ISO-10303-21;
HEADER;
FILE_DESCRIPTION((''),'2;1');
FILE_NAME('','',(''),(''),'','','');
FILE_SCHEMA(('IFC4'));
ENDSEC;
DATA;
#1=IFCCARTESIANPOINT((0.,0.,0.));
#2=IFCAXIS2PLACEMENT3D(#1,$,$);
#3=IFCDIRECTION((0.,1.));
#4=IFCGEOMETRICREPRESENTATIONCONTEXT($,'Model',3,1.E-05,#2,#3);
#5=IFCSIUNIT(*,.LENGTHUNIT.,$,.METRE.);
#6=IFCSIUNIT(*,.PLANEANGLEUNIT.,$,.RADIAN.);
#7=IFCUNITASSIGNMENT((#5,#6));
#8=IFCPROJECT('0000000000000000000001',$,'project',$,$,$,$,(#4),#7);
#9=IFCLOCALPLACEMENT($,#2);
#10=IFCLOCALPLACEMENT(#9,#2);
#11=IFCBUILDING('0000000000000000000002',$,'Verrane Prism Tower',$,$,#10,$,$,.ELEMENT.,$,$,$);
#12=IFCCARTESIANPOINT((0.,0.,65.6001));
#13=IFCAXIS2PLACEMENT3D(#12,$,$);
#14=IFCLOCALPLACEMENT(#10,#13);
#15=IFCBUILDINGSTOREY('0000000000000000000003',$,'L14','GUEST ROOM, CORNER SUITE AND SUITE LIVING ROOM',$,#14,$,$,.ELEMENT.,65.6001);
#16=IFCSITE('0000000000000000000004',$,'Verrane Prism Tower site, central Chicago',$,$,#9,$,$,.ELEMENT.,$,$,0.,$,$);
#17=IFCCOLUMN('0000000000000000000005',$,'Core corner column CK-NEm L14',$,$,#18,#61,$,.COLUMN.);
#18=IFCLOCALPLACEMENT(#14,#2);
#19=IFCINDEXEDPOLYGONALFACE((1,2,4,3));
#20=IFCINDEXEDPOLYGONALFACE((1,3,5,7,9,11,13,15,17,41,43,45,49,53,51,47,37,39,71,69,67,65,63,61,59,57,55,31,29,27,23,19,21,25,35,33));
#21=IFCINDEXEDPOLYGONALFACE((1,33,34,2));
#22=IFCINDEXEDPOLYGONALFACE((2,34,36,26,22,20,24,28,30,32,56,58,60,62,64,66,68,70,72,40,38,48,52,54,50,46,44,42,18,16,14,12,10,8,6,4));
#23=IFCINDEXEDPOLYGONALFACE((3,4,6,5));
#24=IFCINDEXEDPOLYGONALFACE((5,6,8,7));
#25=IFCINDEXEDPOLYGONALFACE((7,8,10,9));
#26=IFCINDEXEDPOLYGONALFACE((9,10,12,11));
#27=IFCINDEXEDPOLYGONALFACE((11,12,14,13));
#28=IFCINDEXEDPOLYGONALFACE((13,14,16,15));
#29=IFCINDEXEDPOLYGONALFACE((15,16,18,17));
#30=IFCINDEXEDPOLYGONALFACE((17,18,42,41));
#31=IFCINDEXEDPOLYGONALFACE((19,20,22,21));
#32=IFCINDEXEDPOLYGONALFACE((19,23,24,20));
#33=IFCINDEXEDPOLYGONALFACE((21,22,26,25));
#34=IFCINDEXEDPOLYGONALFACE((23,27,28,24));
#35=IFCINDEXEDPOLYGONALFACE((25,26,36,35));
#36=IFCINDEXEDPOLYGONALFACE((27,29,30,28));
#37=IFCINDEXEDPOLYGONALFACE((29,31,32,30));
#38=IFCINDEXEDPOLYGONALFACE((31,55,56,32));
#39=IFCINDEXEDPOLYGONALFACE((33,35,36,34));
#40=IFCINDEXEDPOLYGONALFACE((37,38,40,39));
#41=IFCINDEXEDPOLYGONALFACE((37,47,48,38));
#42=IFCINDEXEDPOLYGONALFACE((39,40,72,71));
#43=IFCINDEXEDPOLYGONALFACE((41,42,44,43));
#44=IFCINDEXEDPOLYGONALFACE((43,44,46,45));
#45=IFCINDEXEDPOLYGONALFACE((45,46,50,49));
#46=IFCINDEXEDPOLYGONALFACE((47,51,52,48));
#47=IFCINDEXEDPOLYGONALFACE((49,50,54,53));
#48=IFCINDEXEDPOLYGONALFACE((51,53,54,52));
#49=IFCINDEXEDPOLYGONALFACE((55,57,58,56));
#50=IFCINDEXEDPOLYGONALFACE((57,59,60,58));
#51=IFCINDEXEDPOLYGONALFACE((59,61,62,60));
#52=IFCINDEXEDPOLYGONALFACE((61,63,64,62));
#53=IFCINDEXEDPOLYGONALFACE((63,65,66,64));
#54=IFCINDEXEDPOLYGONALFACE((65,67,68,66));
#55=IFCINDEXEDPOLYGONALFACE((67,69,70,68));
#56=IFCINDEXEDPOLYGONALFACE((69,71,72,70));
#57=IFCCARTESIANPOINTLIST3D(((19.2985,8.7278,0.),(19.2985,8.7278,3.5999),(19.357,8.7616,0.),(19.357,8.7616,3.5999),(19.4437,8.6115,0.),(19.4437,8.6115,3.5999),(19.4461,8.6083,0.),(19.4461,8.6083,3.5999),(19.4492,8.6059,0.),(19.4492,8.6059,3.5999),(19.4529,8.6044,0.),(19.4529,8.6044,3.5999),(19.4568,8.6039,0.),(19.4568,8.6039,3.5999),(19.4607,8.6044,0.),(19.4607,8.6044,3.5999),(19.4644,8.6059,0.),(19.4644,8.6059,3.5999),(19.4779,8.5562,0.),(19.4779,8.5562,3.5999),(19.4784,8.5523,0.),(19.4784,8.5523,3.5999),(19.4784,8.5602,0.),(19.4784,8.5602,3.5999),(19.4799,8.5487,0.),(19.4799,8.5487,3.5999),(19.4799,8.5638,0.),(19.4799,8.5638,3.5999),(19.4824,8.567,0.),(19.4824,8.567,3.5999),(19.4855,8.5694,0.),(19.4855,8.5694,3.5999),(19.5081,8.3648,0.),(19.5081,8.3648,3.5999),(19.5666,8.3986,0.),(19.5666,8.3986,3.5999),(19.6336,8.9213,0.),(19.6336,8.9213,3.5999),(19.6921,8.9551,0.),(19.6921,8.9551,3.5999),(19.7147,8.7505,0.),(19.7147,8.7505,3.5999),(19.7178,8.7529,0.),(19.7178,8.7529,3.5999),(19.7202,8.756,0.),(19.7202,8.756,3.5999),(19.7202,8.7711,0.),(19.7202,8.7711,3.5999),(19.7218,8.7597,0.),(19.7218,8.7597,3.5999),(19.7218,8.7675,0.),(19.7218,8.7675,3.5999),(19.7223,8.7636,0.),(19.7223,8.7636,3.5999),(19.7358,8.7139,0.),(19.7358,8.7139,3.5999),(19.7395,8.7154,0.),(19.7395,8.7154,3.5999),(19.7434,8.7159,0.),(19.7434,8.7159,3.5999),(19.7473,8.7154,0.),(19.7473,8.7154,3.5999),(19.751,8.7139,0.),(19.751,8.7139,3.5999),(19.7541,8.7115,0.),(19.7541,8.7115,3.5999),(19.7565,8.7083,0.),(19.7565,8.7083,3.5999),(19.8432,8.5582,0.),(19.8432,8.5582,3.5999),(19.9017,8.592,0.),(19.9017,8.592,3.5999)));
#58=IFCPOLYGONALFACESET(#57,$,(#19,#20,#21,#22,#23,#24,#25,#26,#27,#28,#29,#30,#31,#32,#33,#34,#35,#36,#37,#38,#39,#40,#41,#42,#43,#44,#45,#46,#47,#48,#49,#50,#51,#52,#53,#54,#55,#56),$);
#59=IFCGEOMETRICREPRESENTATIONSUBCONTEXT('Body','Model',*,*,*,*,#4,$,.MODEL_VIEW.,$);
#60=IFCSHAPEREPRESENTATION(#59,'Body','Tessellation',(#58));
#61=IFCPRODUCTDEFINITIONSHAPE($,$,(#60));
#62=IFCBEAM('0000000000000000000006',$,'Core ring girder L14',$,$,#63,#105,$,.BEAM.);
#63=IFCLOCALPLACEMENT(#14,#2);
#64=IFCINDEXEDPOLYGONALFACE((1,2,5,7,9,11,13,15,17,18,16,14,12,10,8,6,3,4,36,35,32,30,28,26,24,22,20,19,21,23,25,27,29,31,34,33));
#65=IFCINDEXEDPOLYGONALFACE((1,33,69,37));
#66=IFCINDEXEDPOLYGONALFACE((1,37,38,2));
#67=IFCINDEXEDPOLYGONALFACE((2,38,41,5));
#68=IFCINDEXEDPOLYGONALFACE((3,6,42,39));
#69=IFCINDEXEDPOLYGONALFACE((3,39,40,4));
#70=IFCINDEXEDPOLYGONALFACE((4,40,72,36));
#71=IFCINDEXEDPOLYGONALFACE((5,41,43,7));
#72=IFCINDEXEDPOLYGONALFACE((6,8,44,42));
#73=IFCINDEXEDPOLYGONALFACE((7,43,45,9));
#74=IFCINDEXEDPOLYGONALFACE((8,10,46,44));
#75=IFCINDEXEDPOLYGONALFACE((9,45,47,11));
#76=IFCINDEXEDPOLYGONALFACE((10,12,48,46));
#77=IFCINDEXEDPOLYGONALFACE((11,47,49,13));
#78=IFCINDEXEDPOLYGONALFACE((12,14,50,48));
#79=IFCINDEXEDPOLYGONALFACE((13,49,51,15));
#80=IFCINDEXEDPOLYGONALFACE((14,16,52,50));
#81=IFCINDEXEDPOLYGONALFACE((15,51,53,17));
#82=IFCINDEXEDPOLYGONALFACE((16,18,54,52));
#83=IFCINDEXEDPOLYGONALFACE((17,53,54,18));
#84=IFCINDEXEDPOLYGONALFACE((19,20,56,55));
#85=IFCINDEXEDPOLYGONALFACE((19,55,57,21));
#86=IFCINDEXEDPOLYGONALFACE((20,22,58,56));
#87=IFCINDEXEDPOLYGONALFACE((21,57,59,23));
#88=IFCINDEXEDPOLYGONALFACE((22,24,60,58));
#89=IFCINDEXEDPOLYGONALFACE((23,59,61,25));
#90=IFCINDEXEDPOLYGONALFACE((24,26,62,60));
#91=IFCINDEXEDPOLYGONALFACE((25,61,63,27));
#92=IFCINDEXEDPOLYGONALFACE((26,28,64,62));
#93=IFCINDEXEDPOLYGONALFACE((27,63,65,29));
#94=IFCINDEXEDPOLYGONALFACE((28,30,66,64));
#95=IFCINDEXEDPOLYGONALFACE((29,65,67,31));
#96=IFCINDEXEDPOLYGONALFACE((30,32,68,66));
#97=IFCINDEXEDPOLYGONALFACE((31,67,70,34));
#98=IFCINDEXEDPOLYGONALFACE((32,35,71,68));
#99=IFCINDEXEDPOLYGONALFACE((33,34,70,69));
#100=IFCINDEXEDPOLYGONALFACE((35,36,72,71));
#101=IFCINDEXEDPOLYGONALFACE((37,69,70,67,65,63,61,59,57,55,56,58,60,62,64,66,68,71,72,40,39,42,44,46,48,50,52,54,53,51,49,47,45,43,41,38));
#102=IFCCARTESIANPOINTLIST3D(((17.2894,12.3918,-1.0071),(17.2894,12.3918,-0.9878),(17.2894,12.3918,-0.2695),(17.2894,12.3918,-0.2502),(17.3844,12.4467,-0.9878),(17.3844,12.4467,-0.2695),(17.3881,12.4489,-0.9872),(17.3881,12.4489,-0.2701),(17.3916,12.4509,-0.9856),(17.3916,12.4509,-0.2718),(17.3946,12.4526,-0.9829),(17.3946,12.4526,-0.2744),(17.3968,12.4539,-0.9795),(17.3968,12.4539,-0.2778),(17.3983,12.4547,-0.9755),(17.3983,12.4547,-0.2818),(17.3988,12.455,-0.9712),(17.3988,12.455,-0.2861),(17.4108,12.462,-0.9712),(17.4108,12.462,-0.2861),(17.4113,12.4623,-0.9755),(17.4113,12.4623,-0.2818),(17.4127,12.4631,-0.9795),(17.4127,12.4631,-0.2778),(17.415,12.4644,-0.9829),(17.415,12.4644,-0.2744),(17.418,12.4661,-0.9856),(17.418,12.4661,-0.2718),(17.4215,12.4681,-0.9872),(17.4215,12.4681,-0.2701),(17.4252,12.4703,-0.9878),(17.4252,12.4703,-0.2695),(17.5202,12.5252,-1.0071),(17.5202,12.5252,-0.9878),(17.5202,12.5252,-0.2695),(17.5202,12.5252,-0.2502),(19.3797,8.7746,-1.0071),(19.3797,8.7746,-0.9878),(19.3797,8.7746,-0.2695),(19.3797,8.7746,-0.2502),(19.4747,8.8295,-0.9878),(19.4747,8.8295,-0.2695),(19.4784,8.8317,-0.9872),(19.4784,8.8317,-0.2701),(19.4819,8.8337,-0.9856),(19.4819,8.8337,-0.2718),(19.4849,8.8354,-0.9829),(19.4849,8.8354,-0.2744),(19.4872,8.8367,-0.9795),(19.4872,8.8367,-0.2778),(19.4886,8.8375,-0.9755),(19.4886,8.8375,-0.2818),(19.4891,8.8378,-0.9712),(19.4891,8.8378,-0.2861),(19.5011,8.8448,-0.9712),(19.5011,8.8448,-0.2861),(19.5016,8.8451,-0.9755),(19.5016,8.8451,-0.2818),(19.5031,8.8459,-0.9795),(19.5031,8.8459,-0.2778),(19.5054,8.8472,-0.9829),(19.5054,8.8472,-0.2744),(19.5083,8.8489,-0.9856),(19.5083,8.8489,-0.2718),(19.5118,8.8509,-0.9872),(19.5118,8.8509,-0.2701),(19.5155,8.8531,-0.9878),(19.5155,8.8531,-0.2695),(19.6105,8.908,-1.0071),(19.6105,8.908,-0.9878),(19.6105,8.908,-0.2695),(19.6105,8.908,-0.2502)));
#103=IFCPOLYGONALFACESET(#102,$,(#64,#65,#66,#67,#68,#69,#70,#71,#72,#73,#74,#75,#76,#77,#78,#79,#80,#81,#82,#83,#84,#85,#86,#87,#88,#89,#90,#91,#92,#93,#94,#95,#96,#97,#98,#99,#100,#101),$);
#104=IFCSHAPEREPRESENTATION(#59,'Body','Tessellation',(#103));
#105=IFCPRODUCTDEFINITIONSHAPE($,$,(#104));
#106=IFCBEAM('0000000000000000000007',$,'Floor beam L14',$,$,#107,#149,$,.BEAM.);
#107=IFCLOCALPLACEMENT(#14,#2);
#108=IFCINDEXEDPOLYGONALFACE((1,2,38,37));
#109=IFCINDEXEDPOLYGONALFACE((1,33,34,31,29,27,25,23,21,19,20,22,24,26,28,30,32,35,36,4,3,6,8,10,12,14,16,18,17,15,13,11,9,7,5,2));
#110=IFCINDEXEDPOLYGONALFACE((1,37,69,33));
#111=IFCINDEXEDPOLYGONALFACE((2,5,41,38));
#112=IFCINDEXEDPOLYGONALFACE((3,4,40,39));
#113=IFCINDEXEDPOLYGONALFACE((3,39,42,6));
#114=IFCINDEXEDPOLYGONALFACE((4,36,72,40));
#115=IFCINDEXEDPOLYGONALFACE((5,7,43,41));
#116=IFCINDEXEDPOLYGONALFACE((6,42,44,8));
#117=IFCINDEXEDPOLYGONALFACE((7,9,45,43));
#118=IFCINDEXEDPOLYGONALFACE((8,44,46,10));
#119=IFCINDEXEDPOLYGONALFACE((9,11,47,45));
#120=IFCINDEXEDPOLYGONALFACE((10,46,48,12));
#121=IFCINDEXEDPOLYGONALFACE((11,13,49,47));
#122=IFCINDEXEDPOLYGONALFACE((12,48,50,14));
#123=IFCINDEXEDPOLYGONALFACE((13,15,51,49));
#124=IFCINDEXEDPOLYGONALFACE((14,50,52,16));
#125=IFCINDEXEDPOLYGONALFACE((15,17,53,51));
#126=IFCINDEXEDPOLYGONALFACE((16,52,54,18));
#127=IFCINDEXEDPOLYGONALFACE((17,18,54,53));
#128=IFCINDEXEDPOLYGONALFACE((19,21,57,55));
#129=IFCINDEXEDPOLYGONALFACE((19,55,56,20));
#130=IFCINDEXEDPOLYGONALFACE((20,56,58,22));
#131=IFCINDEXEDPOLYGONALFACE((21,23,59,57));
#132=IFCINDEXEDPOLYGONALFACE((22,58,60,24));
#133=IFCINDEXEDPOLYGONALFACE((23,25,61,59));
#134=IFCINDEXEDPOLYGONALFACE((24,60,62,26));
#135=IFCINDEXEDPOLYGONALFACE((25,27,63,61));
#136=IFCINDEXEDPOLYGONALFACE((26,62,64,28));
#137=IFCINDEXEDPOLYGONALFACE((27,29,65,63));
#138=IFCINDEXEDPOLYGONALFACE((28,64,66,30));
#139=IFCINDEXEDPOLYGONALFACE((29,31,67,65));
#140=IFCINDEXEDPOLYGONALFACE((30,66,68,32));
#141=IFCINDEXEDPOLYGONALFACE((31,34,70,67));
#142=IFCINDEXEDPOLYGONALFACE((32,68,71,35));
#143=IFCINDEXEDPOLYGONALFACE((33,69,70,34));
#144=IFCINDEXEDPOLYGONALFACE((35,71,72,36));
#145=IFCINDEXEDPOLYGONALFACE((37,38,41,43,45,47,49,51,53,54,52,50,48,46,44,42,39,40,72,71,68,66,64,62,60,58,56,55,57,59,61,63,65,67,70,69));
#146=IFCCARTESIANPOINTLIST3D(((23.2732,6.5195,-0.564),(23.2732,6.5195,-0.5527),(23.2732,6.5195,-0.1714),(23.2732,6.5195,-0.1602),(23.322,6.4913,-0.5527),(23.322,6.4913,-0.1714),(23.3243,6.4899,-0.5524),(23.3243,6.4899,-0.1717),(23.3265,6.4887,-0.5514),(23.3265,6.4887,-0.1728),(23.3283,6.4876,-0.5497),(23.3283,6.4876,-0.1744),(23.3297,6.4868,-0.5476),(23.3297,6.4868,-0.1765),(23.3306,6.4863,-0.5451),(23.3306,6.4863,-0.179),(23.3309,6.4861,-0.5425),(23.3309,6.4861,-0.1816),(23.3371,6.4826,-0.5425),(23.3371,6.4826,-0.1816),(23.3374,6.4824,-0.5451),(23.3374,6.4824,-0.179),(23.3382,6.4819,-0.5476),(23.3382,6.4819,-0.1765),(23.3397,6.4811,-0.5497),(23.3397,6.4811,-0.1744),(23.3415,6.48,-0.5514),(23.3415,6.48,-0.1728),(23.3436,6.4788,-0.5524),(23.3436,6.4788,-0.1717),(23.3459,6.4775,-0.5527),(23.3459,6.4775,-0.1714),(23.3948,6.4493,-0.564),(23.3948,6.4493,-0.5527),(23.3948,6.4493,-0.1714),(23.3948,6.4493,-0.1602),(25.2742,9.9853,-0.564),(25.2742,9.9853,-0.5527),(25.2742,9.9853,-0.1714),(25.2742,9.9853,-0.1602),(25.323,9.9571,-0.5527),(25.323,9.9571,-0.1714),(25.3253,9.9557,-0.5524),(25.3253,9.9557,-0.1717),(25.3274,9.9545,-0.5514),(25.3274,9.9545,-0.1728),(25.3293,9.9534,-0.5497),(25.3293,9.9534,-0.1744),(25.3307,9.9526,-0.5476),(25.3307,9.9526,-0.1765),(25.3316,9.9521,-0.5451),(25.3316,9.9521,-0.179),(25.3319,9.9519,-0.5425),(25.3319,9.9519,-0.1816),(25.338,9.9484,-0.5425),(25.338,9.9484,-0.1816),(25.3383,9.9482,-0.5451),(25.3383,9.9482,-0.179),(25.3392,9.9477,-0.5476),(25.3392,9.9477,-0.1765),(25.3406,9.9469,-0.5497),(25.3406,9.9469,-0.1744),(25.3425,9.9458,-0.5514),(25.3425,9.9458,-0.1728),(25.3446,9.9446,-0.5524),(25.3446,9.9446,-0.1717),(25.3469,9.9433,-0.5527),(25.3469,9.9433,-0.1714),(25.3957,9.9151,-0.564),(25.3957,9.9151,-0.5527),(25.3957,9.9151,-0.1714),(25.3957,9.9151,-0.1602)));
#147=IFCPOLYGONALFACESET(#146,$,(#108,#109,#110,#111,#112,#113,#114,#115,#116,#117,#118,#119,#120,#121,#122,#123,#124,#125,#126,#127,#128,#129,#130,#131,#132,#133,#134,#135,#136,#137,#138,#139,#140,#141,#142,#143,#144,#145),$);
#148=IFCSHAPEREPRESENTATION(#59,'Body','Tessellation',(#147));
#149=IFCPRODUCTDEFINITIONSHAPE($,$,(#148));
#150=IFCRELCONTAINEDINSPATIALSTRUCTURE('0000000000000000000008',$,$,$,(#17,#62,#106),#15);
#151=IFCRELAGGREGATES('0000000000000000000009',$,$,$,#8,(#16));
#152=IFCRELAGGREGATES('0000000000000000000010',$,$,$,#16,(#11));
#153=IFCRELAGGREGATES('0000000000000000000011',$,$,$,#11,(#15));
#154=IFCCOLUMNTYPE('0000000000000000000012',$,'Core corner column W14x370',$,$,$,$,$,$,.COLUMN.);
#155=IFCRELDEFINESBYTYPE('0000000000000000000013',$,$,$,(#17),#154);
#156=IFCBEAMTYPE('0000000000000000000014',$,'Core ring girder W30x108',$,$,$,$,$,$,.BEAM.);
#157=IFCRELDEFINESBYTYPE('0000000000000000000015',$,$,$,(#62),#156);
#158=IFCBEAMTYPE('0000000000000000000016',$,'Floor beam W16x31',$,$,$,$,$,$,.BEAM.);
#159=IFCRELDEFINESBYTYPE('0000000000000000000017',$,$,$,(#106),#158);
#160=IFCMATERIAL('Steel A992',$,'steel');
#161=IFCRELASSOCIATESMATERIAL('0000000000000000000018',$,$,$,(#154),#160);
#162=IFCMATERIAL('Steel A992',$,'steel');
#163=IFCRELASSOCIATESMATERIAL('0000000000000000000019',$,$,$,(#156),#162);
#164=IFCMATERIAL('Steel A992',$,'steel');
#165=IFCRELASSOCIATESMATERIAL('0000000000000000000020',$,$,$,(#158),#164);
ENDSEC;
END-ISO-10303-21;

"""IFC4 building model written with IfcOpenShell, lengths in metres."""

from ifc_helpers import new_model, si_unit, direction, frame, origin, origin_2d, place, context, subcontext, project, spatial, i_section, extrude, material, material_profile, profile_set, type_object, element, save


model = new_model("IFC4")

# Units and contexts
model_context = context("Model", 3, precision=1e-05, world=origin(), true_north=direction((0.0, 1.0)))
body_context = subcontext(model_context, "Body", "Model", "MODEL_VIEW")
ifc_project = project(units=[si_unit("LENGTHUNIT", "METRE"), si_unit("PLANEANGLEUNIT", "RADIAN")], contexts=[model_context])

# Site, building, storey
site_placement = place(None, origin())
site = spatial("IfcSite", under=ifc_project, at=site_placement, Name="Verrane Prism Tower site, central Chicago", CompositionType="ELEMENT", RefElevation=0.0)
building_placement = place(site_placement, origin())
building = spatial("IfcBuilding", under=site, at=building_placement, Name="Verrane Prism Tower", CompositionType="ELEMENT")
storey_placement = place(building_placement, frame((0.0, 0.0, 65.6001)))
storey = spatial("IfcBuildingStorey", under=building, at=storey_placement, Name="L14", Description="GUEST ROOM, CORNER SUITE AND SUITE LIVING ROOM", CompositionType="ELEMENT", Elevation=65.6001)

# Column
ifc_material_1 = material(Name="Steel A992", Category="steel")
ifc_material_profile_1 = material_profile(ifc_material_1, i_section(OverallWidth=0.4192, OverallDepth=0.4546, WebThickness=0.0422, FlangeThickness=0.0676, FilletRadius=0.0151, at=origin_2d()), Name="W14x370")
ifc_profile_set_1 = profile_set([ifc_material_profile_1], Name="Steel A992")
column_type = type_object("IfcColumnType", Name="Core corner column W14x370", PredefinedType="COLUMN", material=ifc_profile_set_1)
column_placement = place(storey_placement, frame((19.6001, 8.6599, 0.0), z_axis=(0.0, 0.0, 1.0), x_axis=(0.5, -0.866025, 0.0)))
element("IfcColumn", 1, at=column_placement, inside=storey, type_object=column_type, Name="Core corner column CK-NEm L14", PredefinedType="COLUMN", context=body_context, shape_type="SweptSolid", body=[
    extrude(i_section(OverallWidth=0.4192, OverallDepth=0.4546, WebThickness=0.0422, FlangeThickness=0.0676, FilletRadius=0.0151, at=origin_2d()), origin(), (0.0, 0.0, 1.0), 3.5999),
])

# Beams
ifc_material_2 = material(Name="Steel A992", Category="steel")
ifc_material_profile_2 = material_profile(ifc_material_2, i_section(OverallWidth=0.2666, OverallDepth=0.7568, WebThickness=0.0139, FlangeThickness=0.0193, FilletRadius=0.0166, at=origin_2d()), Name="W30x108")
ifc_profile_set_2 = profile_set([ifc_material_profile_2], Name="Steel A992")
beam_type_1 = type_object("IfcBeamType", Name="Core ring girder W30x108", PredefinedType="BEAM", material=ifc_profile_set_2)
beam_1_placement = place(storey_placement, frame((19.4951, 8.8413, -0.6287), z_axis=(-0.50035, 0.865823, 0.0), x_axis=(-0.865823, -0.50035, 0.0)))
element("IfcBeam", 2, at=beam_1_placement, inside=storey, type_object=beam_type_1, Name="Core ring girder L14", PredefinedType="BEAM", context=body_context, shape_type="SweptSolid", body=[
    extrude(i_section(OverallWidth=0.2666, OverallDepth=0.7568, WebThickness=0.0139, FlangeThickness=0.0193, FilletRadius=0.0166, at=origin_2d()), origin(), (0.0, 0.0, 1.0), 4.1777),
])
ifc_material_3 = material(Name="Steel A992", Category="steel")
ifc_material_profile_3 = material_profile(ifc_material_3, i_section(OverallWidth=0.1404, OverallDepth=0.4038, WebThickness=0.0071, FlangeThickness=0.0112, FilletRadius=0.0103, at=origin_2d()), Name="W16x31")
ifc_profile_set_3 = profile_set([ifc_material_profile_3], Name="Steel A992")
beam_type_2 = type_object("IfcBeamType", Name="Floor beam W16x31", PredefinedType="BEAM", material=ifc_profile_set_3)
beam_2_placement = place(storey_placement, frame((23.334, 6.4844, -0.3621), z_axis=(0.499997, 0.866027, 0.0), x_axis=(-0.866027, 0.499997, 0.0)))
element("IfcBeam", 3, at=beam_2_placement, inside=storey, type_object=beam_type_2, Name="Floor beam L14", PredefinedType="BEAM", context=body_context, shape_type="SweptSolid", body=[
    extrude(i_section(OverallWidth=0.1404, OverallDepth=0.4038, WebThickness=0.0071, FlangeThickness=0.0112, FilletRadius=0.0103, at=origin_2d()), origin(), (0.0, 0.0, 1.0), 4.002),
])

save(model, "model.ifc")
